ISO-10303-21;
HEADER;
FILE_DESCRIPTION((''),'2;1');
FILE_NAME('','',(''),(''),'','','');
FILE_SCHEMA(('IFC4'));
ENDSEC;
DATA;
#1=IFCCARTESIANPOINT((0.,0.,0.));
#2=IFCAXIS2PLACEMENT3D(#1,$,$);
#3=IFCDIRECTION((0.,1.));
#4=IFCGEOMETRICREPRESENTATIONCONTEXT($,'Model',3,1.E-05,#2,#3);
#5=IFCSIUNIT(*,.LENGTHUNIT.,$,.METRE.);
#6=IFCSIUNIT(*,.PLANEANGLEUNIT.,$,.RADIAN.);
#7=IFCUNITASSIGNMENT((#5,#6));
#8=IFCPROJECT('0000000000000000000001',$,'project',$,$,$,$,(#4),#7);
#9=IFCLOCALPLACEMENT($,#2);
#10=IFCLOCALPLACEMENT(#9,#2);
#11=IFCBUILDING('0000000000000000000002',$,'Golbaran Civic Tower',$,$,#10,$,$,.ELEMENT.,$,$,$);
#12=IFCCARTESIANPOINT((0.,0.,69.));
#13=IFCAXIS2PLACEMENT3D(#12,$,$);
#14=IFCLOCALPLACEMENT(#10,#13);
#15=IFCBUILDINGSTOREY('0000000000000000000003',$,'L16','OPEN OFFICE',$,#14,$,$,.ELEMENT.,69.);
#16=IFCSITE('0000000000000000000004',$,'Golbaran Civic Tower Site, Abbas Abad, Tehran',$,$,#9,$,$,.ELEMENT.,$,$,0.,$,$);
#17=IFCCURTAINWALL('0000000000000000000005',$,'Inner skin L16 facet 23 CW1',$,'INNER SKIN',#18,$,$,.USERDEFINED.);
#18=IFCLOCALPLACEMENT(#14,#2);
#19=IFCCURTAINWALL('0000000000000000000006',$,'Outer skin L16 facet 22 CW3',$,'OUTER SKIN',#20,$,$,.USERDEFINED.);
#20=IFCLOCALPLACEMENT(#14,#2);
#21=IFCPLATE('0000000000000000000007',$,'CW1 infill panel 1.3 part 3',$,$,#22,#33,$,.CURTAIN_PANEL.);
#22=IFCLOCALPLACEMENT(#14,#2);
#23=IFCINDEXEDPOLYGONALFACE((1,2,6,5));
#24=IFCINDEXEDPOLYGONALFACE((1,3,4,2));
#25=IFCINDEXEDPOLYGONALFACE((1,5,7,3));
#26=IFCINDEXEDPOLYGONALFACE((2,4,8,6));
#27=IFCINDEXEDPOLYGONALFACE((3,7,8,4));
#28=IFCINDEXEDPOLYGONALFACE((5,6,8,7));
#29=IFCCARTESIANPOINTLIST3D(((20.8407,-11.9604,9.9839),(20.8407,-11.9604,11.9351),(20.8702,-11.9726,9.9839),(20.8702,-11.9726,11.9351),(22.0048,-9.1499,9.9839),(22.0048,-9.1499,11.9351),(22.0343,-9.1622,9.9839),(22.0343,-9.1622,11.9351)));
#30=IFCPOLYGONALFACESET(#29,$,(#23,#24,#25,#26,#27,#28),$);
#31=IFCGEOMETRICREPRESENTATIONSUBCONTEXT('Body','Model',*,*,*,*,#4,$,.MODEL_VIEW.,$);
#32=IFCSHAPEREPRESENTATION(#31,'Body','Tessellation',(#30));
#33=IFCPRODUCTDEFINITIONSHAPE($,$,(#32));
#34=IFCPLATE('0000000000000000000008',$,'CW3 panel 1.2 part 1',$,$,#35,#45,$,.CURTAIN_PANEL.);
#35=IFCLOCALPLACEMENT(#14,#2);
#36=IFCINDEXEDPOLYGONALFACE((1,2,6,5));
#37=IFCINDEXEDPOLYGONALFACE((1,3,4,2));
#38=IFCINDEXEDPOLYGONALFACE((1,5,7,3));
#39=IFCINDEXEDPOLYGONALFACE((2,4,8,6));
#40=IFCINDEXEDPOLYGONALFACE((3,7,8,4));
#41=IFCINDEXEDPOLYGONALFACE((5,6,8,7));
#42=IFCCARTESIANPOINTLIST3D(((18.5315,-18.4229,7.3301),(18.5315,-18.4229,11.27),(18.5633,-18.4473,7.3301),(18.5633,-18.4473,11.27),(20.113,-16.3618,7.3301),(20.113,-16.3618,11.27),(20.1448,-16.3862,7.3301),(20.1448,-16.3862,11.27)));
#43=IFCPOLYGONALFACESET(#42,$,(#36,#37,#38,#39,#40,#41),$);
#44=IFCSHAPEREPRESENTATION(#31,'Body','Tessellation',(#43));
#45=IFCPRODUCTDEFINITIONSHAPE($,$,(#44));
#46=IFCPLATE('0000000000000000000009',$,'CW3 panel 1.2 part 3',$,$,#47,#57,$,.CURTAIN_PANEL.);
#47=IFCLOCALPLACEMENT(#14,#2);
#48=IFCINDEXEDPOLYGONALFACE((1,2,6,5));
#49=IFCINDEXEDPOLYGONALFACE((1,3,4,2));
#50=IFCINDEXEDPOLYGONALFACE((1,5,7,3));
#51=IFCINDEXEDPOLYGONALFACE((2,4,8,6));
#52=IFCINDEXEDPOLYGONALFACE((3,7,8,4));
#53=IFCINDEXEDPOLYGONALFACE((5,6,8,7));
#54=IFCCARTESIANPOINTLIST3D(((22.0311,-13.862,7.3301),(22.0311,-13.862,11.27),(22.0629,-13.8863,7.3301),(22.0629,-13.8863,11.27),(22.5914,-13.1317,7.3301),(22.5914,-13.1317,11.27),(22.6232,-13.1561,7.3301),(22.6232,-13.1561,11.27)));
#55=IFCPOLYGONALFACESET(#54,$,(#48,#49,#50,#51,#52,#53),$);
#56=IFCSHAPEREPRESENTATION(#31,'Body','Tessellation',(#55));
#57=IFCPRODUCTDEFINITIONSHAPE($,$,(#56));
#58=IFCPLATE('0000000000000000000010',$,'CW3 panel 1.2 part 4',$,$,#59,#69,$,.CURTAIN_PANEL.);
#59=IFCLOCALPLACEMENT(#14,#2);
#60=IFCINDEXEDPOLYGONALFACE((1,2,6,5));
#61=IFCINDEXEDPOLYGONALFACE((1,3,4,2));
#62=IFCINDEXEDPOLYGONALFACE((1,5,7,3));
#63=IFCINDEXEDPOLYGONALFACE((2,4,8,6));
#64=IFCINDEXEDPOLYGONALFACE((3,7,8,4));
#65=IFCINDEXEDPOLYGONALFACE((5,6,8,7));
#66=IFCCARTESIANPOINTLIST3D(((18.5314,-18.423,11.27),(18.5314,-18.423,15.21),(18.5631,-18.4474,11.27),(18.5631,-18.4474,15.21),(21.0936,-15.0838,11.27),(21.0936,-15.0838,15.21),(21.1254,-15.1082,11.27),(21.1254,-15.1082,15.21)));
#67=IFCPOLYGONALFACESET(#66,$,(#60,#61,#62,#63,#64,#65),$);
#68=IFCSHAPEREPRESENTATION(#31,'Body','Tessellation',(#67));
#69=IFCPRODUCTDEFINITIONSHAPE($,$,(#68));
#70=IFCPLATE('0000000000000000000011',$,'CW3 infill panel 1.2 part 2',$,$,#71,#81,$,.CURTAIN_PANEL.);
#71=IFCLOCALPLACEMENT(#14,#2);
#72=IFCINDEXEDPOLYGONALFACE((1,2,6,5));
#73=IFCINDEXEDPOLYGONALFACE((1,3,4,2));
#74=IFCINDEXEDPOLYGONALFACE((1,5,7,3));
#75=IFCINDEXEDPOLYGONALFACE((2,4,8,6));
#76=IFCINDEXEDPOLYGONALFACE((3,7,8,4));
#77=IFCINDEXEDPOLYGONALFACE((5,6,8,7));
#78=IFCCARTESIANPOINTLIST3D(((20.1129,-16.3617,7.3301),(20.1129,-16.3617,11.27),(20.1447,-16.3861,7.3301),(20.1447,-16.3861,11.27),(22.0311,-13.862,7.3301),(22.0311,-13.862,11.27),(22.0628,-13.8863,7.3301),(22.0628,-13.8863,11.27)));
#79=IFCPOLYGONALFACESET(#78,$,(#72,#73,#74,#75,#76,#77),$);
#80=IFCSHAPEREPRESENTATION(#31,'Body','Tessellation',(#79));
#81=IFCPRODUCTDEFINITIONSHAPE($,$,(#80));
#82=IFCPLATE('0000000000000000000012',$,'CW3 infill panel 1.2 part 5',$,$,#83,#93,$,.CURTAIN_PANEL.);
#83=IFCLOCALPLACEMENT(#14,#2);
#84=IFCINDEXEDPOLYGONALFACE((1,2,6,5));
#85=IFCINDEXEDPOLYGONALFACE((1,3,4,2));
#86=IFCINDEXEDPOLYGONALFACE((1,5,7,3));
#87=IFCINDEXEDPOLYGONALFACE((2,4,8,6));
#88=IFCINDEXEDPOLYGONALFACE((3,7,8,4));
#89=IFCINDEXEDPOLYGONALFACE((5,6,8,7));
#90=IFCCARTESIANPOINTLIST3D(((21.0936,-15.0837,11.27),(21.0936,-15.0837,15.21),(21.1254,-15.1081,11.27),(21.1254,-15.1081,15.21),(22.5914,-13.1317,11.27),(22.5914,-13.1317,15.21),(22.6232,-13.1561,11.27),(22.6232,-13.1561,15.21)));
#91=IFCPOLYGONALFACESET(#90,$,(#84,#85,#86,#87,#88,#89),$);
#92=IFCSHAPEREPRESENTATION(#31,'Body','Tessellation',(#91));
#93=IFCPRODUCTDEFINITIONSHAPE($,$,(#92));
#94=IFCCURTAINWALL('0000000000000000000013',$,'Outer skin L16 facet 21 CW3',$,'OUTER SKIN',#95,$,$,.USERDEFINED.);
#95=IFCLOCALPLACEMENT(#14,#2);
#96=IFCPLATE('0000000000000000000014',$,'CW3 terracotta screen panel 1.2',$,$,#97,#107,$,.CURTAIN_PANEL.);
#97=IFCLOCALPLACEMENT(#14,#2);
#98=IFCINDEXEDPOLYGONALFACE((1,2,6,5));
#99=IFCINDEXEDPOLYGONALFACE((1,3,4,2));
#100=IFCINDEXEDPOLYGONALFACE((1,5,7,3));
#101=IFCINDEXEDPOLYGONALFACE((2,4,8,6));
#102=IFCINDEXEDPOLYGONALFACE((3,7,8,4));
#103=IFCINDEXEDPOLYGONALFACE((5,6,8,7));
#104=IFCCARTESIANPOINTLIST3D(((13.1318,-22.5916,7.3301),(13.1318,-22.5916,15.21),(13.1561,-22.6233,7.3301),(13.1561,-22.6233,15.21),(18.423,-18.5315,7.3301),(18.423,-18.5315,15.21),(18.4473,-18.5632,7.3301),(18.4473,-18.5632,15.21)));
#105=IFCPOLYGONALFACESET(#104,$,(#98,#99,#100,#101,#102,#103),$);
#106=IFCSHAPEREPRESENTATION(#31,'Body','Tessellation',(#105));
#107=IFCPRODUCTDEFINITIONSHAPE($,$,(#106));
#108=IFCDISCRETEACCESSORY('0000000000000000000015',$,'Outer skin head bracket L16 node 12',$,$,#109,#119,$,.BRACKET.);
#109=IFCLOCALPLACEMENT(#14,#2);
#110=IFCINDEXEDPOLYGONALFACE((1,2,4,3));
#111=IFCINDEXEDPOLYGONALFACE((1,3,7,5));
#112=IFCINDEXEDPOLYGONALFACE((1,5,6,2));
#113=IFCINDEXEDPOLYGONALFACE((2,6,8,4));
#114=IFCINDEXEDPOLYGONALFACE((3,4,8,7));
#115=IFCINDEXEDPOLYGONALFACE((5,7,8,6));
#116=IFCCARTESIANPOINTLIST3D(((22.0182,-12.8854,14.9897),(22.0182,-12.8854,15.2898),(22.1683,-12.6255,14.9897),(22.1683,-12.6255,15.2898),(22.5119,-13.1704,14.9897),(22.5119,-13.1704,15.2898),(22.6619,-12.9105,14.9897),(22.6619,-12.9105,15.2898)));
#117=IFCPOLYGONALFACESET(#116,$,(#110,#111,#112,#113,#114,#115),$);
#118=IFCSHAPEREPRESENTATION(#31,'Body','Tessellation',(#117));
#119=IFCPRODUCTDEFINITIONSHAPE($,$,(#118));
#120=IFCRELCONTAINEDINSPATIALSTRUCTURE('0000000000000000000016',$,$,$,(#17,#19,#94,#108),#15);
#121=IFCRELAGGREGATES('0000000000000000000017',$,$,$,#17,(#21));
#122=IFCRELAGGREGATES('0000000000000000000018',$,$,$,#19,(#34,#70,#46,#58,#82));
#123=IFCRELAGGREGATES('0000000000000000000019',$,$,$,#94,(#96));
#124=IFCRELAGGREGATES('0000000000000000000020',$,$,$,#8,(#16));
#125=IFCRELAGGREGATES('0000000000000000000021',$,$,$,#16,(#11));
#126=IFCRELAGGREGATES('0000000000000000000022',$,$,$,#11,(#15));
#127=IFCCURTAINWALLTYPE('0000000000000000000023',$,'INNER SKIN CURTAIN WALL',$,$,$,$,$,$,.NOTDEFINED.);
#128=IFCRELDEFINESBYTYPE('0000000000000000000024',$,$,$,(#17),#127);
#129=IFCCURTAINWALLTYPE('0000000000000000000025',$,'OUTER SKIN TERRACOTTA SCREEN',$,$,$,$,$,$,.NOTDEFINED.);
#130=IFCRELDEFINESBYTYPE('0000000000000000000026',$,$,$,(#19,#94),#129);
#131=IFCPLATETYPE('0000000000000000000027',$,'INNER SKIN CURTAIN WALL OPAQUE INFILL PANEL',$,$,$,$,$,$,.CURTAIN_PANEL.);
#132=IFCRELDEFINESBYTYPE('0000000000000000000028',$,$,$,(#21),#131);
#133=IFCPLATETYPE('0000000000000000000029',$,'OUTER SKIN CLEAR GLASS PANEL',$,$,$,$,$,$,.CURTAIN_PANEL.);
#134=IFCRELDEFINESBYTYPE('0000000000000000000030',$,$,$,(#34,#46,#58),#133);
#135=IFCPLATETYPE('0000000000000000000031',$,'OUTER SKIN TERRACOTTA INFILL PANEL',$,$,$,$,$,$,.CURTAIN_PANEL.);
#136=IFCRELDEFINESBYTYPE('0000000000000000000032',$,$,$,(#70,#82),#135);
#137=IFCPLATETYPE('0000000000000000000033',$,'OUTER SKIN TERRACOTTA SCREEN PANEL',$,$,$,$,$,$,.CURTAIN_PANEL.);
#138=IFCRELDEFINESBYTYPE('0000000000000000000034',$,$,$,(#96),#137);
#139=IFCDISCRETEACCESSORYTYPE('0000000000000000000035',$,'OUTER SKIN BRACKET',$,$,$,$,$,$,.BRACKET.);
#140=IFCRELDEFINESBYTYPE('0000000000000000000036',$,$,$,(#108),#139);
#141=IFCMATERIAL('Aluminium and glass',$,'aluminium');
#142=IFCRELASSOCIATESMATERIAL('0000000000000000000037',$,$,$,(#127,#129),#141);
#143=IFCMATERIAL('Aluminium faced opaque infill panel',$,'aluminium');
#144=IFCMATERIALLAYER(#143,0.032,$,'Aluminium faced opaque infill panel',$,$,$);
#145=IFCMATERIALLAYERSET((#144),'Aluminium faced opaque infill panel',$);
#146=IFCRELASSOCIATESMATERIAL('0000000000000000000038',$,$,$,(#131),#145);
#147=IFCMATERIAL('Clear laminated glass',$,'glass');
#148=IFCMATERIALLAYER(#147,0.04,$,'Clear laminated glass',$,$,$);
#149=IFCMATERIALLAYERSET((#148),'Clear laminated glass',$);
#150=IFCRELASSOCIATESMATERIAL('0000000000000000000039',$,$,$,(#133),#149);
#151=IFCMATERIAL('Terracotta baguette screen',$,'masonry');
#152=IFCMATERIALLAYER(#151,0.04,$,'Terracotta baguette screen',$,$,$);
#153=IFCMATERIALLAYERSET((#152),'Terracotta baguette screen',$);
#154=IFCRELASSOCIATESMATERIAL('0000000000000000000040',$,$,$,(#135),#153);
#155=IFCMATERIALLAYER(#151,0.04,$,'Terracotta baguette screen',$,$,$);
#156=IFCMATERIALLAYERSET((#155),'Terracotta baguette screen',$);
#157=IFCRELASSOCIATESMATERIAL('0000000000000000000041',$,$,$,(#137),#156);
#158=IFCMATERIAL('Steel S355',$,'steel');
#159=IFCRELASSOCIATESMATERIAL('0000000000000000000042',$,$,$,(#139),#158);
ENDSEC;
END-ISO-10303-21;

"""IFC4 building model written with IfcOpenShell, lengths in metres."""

from ifc_helpers import new_model, si_unit, direction, frame, origin, origin_2d, place, context, subcontext, project, spatial, rectangle, extrude, material, layer, layer_set, type_object, element, aggregate, save


model = new_model("IFC4")

# Units and contexts
model_context = context("Model", 3, precision=1e-05, world=origin(), true_north=direction((0.0, 1.0)))
body_context = subcontext(model_context, "Body", "Model", "MODEL_VIEW")
ifc_project = project(units=[si_unit("LENGTHUNIT", "METRE"), si_unit("PLANEANGLEUNIT", "RADIAN")], contexts=[model_context])

# Site, building, storey
site_placement = place(None, origin())
site = spatial("IfcSite", under=ifc_project, at=site_placement, Name="Golbaran Civic Tower Site, Abbas Abad, Tehran", CompositionType="ELEMENT", RefElevation=0.0)
building_placement = place(site_placement, origin())
building = spatial("IfcBuilding", under=site, at=building_placement, Name="Golbaran Civic Tower", CompositionType="ELEMENT")
storey_placement = place(building_placement, frame((0.0, 0.0, 69.0)))
storey = spatial("IfcBuildingStorey", under=building, at=storey_placement, Name="L16", Description="OPEN OFFICE", CompositionType="ELEMENT", Elevation=69.0)

# Curtain walls
ifc_material_1 = material(Name="Aluminium and glass", Category="aluminium")
curtain_wall_type_1 = type_object("IfcCurtainWallType", Name="INNER SKIN CURTAIN WALL", PredefinedType="NOTDEFINED", material=ifc_material_1)
curtain_wall_1_placement = place(storey_placement, origin())
curtain_wall_1 = element("IfcCurtainWall", 1, at=curtain_wall_1_placement, inside=storey, type_object=curtain_wall_type_1, Name="Inner skin L16 facet 23 CW1", ObjectType="INNER SKIN", PredefinedType="USERDEFINED")
curtain_wall_type_2 = type_object("IfcCurtainWallType", Name="OUTER SKIN TERRACOTTA SCREEN", PredefinedType="NOTDEFINED", material=ifc_material_1)
curtain_wall_2_placement = place(storey_placement, origin())
curtain_wall_2 = element("IfcCurtainWall", 2, at=curtain_wall_2_placement, inside=storey, type_object=curtain_wall_type_2, Name="Outer skin L16 facet 22 CW3", ObjectType="OUTER SKIN", PredefinedType="USERDEFINED")

# Plates
ifc_material_2 = material(Name="Aluminium faced opaque infill panel", Category="aluminium")
ifc_layer_1 = layer(ifc_material_2, 0.032, Name="Aluminium faced opaque infill panel")
ifc_layer_set_1 = layer_set([ifc_layer_1], Name="Aluminium faced opaque infill panel")
plate_type_1 = type_object("IfcPlateType", Name="INNER SKIN CURTAIN WALL OPAQUE INFILL PANEL", PredefinedType="CURTAIN_PANEL", material=ifc_layer_set_1)
plate_1_placement = place(storey_placement, frame((21.4375, -10.5613, 9.9839), z_axis=(0.0, 0.0, 1.0), x_axis=(0.382683, 0.92388, 0.0)))
plate_1 = element("IfcPlate", 3, at=plate_1_placement, type_object=plate_type_1, Name="CW1 infill panel 1.3 part 3", PredefinedType="CURTAIN_PANEL", context=body_context, shape_type="SweptSolid", body=[
    extrude(rectangle(XDim=3.042, YDim=0.032, at=origin_2d()), origin(), (0.0, 0.0, 1.0), 1.9512),
])
aggregate(curtain_wall_1, [plate_1])
ifc_material_3 = material(Name="Clear laminated glass", Category="glass")
ifc_layer_2 = layer(ifc_material_3, 0.04, Name="Clear laminated glass")
ifc_layer_set_2 = layer_set([ifc_layer_2], Name="Clear laminated glass")
plate_type_2 = type_object("IfcPlateType", Name="OUTER SKIN CLEAR GLASS PANEL", PredefinedType="CURTAIN_PANEL", material=ifc_layer_set_2)
plate_2_placement = place(storey_placement, frame((19.3381, -17.4045, 7.3301), z_axis=(0.0, 0.0, 1.0), x_axis=(0.608761, 0.793353, 0.0)))
plate_2 = element("IfcPlate", 4, at=plate_2_placement, type_object=plate_type_2, Name="CW3 panel 1.2 part 1", PredefinedType="CURTAIN_PANEL", context=body_context, shape_type="SweptSolid", body=[
    extrude(rectangle(XDim=2.5979, YDim=0.04, at=origin_2d()), origin(), (0.0, 0.0, 1.0), 3.9399),
])
plate_3_placement = place(storey_placement, frame((22.3271, -13.509, 7.3301), z_axis=(0.0, 0.0, 1.0), x_axis=(0.608761, 0.793353, 0.0)))
plate_3 = element("IfcPlate", 5, at=plate_3_placement, type_object=plate_type_2, Name="CW3 panel 1.2 part 3", PredefinedType="CURTAIN_PANEL", context=body_context, shape_type="SweptSolid", body=[
    extrude(rectangle(XDim=0.9204, YDim=0.04, at=origin_2d()), origin(), (0.0, 0.0, 1.0), 3.9399),
])
plate_4_placement = place(storey_placement, frame((19.8284, -16.7656, 11.27), z_axis=(0.0, 0.0, 1.0), x_axis=(0.608761, 0.793353, 0.0)))
plate_4 = element("IfcPlate", 6, at=plate_4_placement, type_object=plate_type_2, Name="CW3 panel 1.2 part 4", PredefinedType="CURTAIN_PANEL", context=body_context, shape_type="SweptSolid", body=[
    extrude(rectangle(XDim=4.209, YDim=0.04, at=origin_2d()), origin(), (0.0, 0.0, 1.0), 3.9399),
])
ifc_material_4 = material(Name="Terracotta baguette screen", Category="masonry")
ifc_layer_3 = layer(ifc_material_4, 0.04, Name="Terracotta baguette screen")
ifc_layer_set_3 = layer_set([ifc_layer_3], Name="Terracotta baguette screen")
plate_type_3 = type_object("IfcPlateType", Name="OUTER SKIN TERRACOTTA INFILL PANEL", PredefinedType="CURTAIN_PANEL", material=ifc_layer_set_3)
plate_5_placement = place(storey_placement, frame((21.0879, -15.124, 7.3301), z_axis=(0.0, 0.0, 1.0), x_axis=(0.608761, 0.793353, 0.0)))
plate_5 = element("IfcPlate", 7, at=plate_5_placement, type_object=plate_type_3, Name="CW3 infill panel 1.2 part 2", PredefinedType="CURTAIN_PANEL", context=body_context, shape_type="SweptSolid", body=[
    extrude(rectangle(XDim=3.1509, YDim=0.04, at=origin_2d()), origin(), (0.0, 0.0, 1.0), 3.9399),
])
plate_6_placement = place(storey_placement, frame((21.8584, -14.1199, 11.27), z_axis=(0.0, 0.0, 1.0), x_axis=(0.608761, 0.793353, 0.0)))
plate_6 = element("IfcPlate", 8, at=plate_6_placement, type_object=plate_type_3, Name="CW3 infill panel 1.2 part 5", PredefinedType="CURTAIN_PANEL", context=body_context, shape_type="SweptSolid", body=[
    extrude(rectangle(XDim=2.4604, YDim=0.04, at=origin_2d()), origin(), (0.0, 0.0, 1.0), 3.9399),
])
aggregate(curtain_wall_2, [plate_2, plate_5, plate_3, plate_4, plate_6])

# Curtain wall, plate
curtain_wall_3_placement = place(storey_placement, origin())
curtain_wall_3 = element("IfcCurtainWall", 9, at=curtain_wall_3_placement, inside=storey, type_object=curtain_wall_type_2, Name="Outer skin L16 facet 21 CW3", ObjectType="OUTER SKIN", PredefinedType="USERDEFINED")
ifc_layer_4 = layer(ifc_material_4, 0.04, Name="Terracotta baguette screen")
ifc_layer_set_4 = layer_set([ifc_layer_4], Name="Terracotta baguette screen")
plate_type_4 = type_object("IfcPlateType", Name="OUTER SKIN TERRACOTTA SCREEN PANEL", PredefinedType="CURTAIN_PANEL", material=ifc_layer_set_4)
plate_7_placement = place(storey_placement, frame((15.7896, -20.5774, 7.3301), z_axis=(0.0, 0.0, 1.0), x_axis=(0.793353, 0.608761, 0.0)))
plate_7 = element("IfcPlate", 10, at=plate_7_placement, type_object=plate_type_4, Name="CW3 terracotta screen panel 1.2", PredefinedType="CURTAIN_PANEL", context=body_context, shape_type="SweptSolid", body=[
    extrude(rectangle(XDim=6.6694, YDim=0.04, at=origin_2d()), origin(), (0.0, 0.0, 1.0), 7.8799),
])
aggregate(curtain_wall_3, [plate_7])

# Discrete accessory
ifc_material_5 = material(Name="Steel S355", Category="steel")
discrete_accessory_type = type_object("IfcDiscreteAccessoryType", Name="OUTER SKIN BRACKET", PredefinedType="BRACKET", material=ifc_material_5)
discrete_accessory_placement = place(storey_placement, frame((22.3401, -12.8979, 14.9897), z_axis=(0.0, 0.0, 1.0), x_axis=(0.866025, -0.5, 0.0)))
element("IfcDiscreteAccessory", 11, at=discrete_accessory_placement, inside=storey, type_object=discrete_accessory_type, Name="Outer skin head bracket L16 node 12", PredefinedType="BRACKET", context=body_context, shape_type="SweptSolid", body=[
    extrude(rectangle(XDim=0.5701, YDim=0.3, at=origin_2d()), origin(), (0.0, 0.0, 1.0), 0.3),
])

save(model, "model.ifc")
